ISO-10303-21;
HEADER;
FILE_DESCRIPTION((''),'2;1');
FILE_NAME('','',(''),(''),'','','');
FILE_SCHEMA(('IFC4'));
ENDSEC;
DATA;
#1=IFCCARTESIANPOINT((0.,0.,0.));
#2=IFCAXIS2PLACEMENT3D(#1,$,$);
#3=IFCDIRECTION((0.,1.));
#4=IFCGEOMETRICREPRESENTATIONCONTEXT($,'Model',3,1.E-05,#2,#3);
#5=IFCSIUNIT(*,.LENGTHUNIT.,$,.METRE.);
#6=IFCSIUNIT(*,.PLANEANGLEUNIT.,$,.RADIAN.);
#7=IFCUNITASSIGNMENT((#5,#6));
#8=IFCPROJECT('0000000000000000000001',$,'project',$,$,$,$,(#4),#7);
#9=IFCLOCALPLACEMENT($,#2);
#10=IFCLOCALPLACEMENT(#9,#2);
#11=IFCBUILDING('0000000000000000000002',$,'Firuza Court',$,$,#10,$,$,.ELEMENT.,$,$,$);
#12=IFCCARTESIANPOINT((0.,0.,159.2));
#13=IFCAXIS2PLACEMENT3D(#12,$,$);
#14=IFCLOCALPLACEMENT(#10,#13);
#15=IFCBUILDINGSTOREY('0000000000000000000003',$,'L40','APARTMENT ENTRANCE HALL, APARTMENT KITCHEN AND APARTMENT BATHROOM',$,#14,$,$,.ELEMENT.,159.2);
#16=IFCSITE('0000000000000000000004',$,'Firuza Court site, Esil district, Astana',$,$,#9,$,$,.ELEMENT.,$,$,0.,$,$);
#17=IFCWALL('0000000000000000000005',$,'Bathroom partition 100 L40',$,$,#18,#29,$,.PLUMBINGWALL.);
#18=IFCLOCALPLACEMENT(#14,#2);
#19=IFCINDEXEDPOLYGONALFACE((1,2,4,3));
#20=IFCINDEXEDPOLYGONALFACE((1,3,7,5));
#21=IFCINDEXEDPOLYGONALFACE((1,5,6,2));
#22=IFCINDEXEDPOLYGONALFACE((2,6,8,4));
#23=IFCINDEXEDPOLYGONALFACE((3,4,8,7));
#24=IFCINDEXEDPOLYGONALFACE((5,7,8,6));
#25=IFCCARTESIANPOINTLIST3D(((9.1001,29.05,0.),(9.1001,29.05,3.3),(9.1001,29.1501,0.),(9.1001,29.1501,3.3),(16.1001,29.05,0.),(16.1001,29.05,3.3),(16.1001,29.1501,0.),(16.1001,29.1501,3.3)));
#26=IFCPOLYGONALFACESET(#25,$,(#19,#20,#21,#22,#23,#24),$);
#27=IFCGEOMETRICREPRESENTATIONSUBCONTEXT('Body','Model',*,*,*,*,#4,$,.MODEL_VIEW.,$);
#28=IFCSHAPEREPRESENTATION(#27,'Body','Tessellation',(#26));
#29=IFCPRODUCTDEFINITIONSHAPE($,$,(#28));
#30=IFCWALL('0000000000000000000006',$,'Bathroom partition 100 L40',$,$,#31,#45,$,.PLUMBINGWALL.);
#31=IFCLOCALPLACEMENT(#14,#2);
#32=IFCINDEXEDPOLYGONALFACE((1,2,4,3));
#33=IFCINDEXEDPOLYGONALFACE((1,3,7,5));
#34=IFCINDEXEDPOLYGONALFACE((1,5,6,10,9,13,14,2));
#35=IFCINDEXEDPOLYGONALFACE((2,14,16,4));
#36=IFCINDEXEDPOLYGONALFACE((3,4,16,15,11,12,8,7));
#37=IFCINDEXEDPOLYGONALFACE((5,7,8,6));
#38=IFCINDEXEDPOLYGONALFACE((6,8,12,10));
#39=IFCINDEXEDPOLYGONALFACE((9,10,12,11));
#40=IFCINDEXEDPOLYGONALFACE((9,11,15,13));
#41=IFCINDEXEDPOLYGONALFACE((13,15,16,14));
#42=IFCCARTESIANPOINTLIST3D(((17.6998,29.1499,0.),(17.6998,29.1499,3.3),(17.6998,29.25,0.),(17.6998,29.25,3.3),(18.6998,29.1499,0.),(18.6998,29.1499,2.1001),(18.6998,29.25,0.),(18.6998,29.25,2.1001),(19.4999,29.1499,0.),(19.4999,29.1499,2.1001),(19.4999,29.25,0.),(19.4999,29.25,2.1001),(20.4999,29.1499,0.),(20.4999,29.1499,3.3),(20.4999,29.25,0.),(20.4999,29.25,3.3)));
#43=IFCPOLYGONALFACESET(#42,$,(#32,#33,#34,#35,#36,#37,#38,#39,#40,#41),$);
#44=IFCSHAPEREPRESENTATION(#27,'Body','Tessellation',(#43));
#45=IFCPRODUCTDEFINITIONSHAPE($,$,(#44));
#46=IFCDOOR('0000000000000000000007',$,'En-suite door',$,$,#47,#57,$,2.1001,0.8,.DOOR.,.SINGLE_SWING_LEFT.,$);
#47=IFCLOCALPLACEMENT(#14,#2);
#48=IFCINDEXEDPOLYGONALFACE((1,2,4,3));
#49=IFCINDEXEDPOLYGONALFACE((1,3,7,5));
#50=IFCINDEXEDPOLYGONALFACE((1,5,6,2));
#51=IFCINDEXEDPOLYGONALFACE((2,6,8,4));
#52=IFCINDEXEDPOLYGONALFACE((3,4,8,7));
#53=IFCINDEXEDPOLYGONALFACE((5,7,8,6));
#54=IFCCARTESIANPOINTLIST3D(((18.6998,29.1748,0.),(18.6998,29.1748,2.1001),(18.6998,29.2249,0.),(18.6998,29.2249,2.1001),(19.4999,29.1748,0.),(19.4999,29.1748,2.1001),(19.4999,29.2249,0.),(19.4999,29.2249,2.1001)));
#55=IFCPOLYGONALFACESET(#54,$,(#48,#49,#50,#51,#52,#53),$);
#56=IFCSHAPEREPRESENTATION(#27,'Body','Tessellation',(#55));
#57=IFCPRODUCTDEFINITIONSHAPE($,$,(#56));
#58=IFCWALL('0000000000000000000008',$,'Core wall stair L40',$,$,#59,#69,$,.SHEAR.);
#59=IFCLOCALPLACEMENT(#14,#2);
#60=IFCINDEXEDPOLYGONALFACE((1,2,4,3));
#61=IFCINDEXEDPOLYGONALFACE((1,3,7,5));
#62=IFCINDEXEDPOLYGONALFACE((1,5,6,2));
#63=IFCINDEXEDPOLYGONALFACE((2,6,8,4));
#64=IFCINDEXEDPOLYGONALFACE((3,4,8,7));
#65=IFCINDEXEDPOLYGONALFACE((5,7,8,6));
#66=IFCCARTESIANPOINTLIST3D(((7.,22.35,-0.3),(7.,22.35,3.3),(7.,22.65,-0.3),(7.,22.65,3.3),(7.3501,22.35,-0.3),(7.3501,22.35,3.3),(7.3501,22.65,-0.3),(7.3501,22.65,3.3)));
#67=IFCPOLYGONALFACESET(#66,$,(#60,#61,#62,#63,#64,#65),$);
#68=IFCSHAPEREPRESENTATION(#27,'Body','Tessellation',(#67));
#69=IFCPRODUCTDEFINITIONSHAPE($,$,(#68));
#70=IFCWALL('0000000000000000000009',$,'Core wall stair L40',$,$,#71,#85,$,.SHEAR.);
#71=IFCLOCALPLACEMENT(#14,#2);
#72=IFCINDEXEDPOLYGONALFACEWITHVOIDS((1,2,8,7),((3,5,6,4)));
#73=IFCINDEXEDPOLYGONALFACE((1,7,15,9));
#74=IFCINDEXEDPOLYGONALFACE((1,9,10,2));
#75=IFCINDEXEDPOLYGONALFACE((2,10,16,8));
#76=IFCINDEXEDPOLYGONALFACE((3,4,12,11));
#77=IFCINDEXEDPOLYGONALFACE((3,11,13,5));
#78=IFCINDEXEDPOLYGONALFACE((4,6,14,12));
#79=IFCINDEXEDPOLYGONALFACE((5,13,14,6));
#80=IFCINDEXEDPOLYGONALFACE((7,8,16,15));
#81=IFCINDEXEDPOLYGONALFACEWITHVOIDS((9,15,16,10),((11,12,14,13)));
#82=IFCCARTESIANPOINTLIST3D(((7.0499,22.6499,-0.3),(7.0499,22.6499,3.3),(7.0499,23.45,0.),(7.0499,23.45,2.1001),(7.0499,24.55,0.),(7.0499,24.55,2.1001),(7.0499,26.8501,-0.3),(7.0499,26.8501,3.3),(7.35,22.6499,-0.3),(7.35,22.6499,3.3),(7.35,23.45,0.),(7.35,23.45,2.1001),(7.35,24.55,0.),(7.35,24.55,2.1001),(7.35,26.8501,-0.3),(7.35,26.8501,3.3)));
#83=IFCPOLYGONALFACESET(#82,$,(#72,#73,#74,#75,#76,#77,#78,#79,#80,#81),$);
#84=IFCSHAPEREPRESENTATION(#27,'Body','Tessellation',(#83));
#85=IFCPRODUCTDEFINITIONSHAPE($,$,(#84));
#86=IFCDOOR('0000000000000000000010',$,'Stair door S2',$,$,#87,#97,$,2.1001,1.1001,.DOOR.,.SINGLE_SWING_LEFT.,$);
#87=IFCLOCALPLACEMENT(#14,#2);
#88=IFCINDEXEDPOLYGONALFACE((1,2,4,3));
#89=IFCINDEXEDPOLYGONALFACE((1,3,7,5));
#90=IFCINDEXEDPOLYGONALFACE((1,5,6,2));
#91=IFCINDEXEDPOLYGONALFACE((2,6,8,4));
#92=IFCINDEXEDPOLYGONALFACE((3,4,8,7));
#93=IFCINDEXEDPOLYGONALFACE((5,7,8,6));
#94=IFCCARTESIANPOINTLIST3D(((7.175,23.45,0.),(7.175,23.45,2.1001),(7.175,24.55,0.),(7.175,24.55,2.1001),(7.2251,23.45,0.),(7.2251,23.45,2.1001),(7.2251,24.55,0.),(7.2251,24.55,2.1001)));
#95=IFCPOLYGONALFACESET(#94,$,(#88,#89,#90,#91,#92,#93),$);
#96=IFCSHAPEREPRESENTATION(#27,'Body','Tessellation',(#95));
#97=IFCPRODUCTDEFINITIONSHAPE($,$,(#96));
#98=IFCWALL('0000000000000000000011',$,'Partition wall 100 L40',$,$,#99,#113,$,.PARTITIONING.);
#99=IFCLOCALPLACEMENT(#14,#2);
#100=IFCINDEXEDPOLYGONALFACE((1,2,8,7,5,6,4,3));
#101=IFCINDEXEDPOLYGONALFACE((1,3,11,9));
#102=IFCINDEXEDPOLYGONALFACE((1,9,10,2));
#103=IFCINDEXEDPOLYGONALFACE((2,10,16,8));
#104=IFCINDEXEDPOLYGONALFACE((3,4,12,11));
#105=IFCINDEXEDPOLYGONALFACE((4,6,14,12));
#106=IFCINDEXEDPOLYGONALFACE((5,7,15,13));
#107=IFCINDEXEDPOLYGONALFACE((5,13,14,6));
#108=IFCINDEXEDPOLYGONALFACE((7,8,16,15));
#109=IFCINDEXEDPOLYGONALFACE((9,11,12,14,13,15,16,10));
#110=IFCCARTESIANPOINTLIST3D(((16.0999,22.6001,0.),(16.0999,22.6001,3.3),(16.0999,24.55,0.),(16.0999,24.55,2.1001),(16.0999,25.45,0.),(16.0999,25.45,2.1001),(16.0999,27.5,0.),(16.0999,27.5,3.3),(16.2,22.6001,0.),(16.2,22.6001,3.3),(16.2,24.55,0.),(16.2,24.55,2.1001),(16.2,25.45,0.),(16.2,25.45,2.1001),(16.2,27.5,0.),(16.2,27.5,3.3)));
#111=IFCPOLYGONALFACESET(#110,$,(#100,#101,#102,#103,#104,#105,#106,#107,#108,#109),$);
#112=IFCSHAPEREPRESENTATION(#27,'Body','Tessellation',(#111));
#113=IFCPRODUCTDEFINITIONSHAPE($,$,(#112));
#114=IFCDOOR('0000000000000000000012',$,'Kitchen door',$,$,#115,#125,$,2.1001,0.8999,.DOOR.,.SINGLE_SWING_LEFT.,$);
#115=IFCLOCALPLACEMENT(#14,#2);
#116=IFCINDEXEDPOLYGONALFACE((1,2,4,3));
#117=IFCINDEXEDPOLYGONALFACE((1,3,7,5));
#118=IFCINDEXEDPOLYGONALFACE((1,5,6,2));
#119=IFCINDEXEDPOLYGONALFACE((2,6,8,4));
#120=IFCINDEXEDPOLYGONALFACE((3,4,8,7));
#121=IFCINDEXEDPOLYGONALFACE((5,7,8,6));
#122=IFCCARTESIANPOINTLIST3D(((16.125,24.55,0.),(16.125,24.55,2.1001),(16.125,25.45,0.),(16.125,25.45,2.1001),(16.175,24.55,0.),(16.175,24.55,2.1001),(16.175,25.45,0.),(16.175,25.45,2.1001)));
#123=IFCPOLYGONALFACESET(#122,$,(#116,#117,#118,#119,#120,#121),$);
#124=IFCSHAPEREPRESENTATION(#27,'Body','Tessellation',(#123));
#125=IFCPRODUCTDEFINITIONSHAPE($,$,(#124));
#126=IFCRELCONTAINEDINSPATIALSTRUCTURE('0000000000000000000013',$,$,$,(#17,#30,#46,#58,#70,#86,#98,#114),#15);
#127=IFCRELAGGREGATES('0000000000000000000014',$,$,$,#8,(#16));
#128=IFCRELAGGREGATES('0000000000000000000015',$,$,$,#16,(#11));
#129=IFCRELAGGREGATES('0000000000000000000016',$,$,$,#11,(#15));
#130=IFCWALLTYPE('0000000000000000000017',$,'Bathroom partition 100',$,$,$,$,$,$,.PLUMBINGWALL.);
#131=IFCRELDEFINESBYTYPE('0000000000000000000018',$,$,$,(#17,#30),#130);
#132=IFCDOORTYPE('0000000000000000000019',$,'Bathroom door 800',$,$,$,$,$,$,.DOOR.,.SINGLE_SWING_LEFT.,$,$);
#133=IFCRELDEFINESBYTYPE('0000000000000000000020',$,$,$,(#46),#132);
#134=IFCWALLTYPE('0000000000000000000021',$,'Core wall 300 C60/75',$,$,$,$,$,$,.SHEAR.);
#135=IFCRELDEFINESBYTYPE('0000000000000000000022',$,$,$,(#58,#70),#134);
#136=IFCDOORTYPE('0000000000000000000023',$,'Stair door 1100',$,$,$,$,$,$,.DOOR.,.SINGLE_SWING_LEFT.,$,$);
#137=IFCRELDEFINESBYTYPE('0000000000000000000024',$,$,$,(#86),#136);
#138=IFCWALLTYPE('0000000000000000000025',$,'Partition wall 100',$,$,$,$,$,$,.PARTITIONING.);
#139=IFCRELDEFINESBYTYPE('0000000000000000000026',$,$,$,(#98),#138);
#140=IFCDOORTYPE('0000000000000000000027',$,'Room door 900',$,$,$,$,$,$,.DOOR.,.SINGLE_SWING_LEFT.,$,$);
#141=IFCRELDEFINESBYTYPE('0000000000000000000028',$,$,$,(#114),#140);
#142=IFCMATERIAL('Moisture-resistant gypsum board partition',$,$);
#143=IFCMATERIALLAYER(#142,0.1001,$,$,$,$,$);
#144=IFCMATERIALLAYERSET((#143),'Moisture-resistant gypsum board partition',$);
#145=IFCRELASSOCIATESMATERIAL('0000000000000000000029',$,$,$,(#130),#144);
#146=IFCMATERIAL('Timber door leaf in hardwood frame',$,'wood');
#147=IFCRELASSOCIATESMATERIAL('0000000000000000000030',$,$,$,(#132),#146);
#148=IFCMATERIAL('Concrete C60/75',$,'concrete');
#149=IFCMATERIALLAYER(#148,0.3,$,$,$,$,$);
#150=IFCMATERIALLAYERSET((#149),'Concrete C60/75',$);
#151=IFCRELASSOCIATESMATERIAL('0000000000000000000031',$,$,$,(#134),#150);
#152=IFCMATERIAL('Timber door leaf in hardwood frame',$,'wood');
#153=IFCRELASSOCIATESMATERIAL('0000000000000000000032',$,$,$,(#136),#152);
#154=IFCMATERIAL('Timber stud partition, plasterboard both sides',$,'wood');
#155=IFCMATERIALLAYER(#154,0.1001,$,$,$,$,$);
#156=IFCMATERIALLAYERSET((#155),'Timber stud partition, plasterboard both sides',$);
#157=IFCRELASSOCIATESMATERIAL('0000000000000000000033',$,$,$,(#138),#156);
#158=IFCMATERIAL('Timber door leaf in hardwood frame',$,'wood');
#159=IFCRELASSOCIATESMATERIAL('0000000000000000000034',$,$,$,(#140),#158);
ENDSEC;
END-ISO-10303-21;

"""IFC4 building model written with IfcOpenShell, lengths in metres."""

from ifc_helpers import new_model, si_unit, direction, frame, frame_2d, origin, place, context, subcontext, project, spatial, rectangle, extrude, material, layer, layer_set, type_object, element, fill, save


model = new_model("IFC4")

# Units and contexts
model_context = context("Model", 3, precision=1e-05, world=origin(), true_north=direction((0.0, 1.0)))
body_context = subcontext(model_context, "Body", "Model", "MODEL_VIEW")
ifc_project = project(units=[si_unit("LENGTHUNIT", "METRE"), si_unit("PLANEANGLEUNIT", "RADIAN")], contexts=[model_context])

# Site, building, storey
site_placement = place(None, origin())
site = spatial("IfcSite", under=ifc_project, at=site_placement, Name="Firuza Court site, Esil district, Astana", CompositionType="ELEMENT", RefElevation=0.0)
building_placement = place(site_placement, origin())
building = spatial("IfcBuilding", under=site, at=building_placement, Name="Firuza Court", CompositionType="ELEMENT")
storey_placement = place(building_placement, frame((0.0, 0.0, 159.2)))
storey = spatial("IfcBuildingStorey", under=building, at=storey_placement, Name="L40", Description="APARTMENT ENTRANCE HALL, APARTMENT KITCHEN AND APARTMENT BATHROOM", CompositionType="ELEMENT", Elevation=159.2)

# Wall
ifc_material_1 = material(Name="Moisture-resistant gypsum board partition")
ifc_layer_1 = layer(ifc_material_1, 0.1001)
ifc_layer_set_1 = layer_set([ifc_layer_1], Name="Moisture-resistant gypsum board partition")
wall_type_1 = type_object("IfcWallType", Name="Bathroom partition 100", PredefinedType="PLUMBINGWALL", material=ifc_layer_set_1)
wall_1_placement = place(storey_placement, frame((9.1001, 29.1001, 0.0), z_axis=(0.0, 0.0, 1.0), x_axis=(1.0, 0.0, 0.0)))
element("IfcWall", 1, at=wall_1_placement, inside=storey, type_object=wall_type_1, Name="Bathroom partition 100 L40", PredefinedType="PLUMBINGWALL", context=body_context, shape_type="SweptSolid", body=[
    extrude(rectangle(XDim=7.0, YDim=0.1001, at=frame_2d((3.5, 0.0))), origin(), (0.0, 0.0, 1.0), 3.3),
])

# Wall, opening, door
wall_2_placement = place(storey_placement, frame((17.7, 29.2, 0.0), z_axis=(0.0, 0.0, 1.0), x_axis=(1.0, 0.0, 0.0)))
wall_2 = element("IfcWall", 2, at=wall_2_placement, inside=storey, type_object=wall_type_1, Name="Bathroom partition 100 L40", PredefinedType="PLUMBINGWALL", context=body_context, shape_type="SweptSolid", body=[
    extrude(rectangle(XDim=2.8, YDim=0.1001, at=frame_2d((1.3999, 0.0))), origin(), (0.0, 0.0, 1.0), 3.3),
])
opening_1_placement = place(wall_2_placement, frame((1.0, 0.0, 0.0)))
opening_1 = element("IfcOpeningElement", 3, at=opening_1_placement, cuts=wall_2, PredefinedType="OPENING", context=body_context, shape_type="SweptSolid", body=[
    extrude(rectangle(XDim=0.8, YDim=2.1001, at=frame_2d((0.3999, 1.05))), frame((0.0, 0.062, 0.0), z_axis=(0.0, -1.0, 0.0), x_axis=(1.0, 0.0, 0.0)), (0.0, 0.0, 1.0), 0.124),
])
ifc_material_2 = material(Name="Timber door leaf in hardwood frame", Category="wood")
door_type_1 = type_object("IfcDoorType", Name="Bathroom door 800", OperationType="SINGLE_SWING_LEFT", PredefinedType="DOOR", material=ifc_material_2)
door_1_placement = place(opening_1_placement, origin())
door_1 = element("IfcDoor", 4, at=door_1_placement, inside=storey, type_object=door_type_1, Name="En-suite door", OperationType="SINGLE_SWING_LEFT", OverallHeight=2.1001, OverallWidth=0.8, PredefinedType="DOOR", context=body_context, shape_type="SweptSolid", body=[
    extrude(rectangle(XDim=0.8, YDim=2.1001, at=frame_2d((0.3999, 1.05))), frame((0.0, 0.0249, 0.0), z_axis=(0.0, -1.0, 0.0), x_axis=(1.0, 0.0, 0.0)), (0.0, 0.0, 1.0), 0.05),
])
fill(opening_1, door_1)

# Wall
ifc_material_3 = material(Name="Concrete C60/75", Category="concrete")
ifc_layer_2 = layer(ifc_material_3, 0.3)
ifc_layer_set_2 = layer_set([ifc_layer_2], Name="Concrete C60/75")
wall_type_2 = type_object("IfcWallType", Name="Core wall 300 C60/75", PredefinedType="SHEAR", material=ifc_layer_set_2)
wall_3_placement = place(storey_placement, frame((7.0, 22.5, -0.3), z_axis=(0.0, 0.0, 1.0), x_axis=(1.0, 0.0, 0.0)))
element("IfcWall", 5, at=wall_3_placement, inside=storey, type_object=wall_type_2, Name="Core wall stair L40", PredefinedType="SHEAR", context=body_context, shape_type="SweptSolid", body=[
    extrude(rectangle(XDim=0.3501, YDim=0.3, at=frame_2d((0.175, 0.0))), origin(), (0.0, 0.0, 1.0), 3.6001),
])

# Walls, openings, doors
wall_4_placement = place(storey_placement, frame((7.2, 22.6499, -0.3), z_axis=(0.0, 0.0, 1.0), x_axis=(0.0, 1.0, 0.0)))
wall_4 = element("IfcWall", 6, at=wall_4_placement, inside=storey, type_object=wall_type_2, Name="Core wall stair L40", PredefinedType="SHEAR", context=body_context, shape_type="SweptSolid", body=[
    extrude(rectangle(XDim=4.2002, YDim=0.3, at=frame_2d((2.1001, 0.0))), origin(), (0.0, 0.0, 1.0), 3.6001),
])
opening_2_placement = place(wall_4_placement, frame((0.8, 0.0, 0.3)))
opening_2 = element("IfcOpeningElement", 7, at=opening_2_placement, cuts=wall_4, PredefinedType="OPENING", context=body_context, shape_type="SweptSolid", body=[
    extrude(rectangle(XDim=1.1001, YDim=2.1001, at=frame_2d((0.55, 1.05))), frame((0.0, 0.1621, 0.0), z_axis=(0.0, -1.0, 0.0), x_axis=(1.0, 0.0, 0.0)), (0.0, 0.0, 1.0), 0.324),
])
ifc_material_4 = material(Name="Timber door leaf in hardwood frame", Category="wood")
door_type_2 = type_object("IfcDoorType", Name="Stair door 1100", OperationType="SINGLE_SWING_LEFT", PredefinedType="DOOR", material=ifc_material_4)
door_2_placement = place(opening_2_placement, origin())
door_2 = element("IfcDoor", 8, at=door_2_placement, inside=storey, type_object=door_type_2, Name="Stair door S2", OperationType="SINGLE_SWING_LEFT", OverallHeight=2.1001, OverallWidth=1.1001, PredefinedType="DOOR", context=body_context, shape_type="SweptSolid", body=[
    extrude(rectangle(XDim=1.1001, YDim=2.1001, at=frame_2d((0.55, 1.05))), frame((0.0, 0.0249, 0.0), z_axis=(0.0, -1.0, 0.0), x_axis=(1.0, 0.0, 0.0)), (0.0, 0.0, 1.0), 0.05),
])
fill(opening_2, door_2)
ifc_material_5 = material(Name="Timber stud partition, plasterboard both sides", Category="wood")
ifc_layer_3 = layer(ifc_material_5, 0.1001)
ifc_layer_set_3 = layer_set([ifc_layer_3], Name="Timber stud partition, plasterboard both sides")
wall_type_3 = type_object("IfcWallType", Name="Partition wall 100", PredefinedType="PARTITIONING", material=ifc_layer_set_3)
wall_5_placement = place(storey_placement, frame((16.1499, 22.6001, 0.0), z_axis=(0.0, 0.0, 1.0), x_axis=(0.0, 1.0, 0.0)))
wall_5 = element("IfcWall", 9, at=wall_5_placement, inside=storey, type_object=wall_type_3, Name="Partition wall 100 L40", PredefinedType="PARTITIONING", context=body_context, shape_type="SweptSolid", body=[
    extrude(rectangle(XDim=4.8999, YDim=0.1001, at=frame_2d((2.45, 0.0))), origin(), (0.0, 0.0, 1.0), 3.3),
])
opening_3_placement = place(wall_5_placement, frame((1.95, 0.0, 0.0)))
opening_3 = element("IfcOpeningElement", 10, at=opening_3_placement, cuts=wall_5, PredefinedType="OPENING", context=body_context, shape_type="SweptSolid", body=[
    extrude(rectangle(XDim=0.8999, YDim=2.1001, at=frame_2d((0.45, 1.05))), frame((0.0, 0.062, 0.0), z_axis=(0.0, -1.0, 0.0), x_axis=(1.0, 0.0, 0.0)), (0.0, 0.0, 1.0), 0.124),
])
ifc_material_6 = material(Name="Timber door leaf in hardwood frame", Category="wood")
door_type_3 = type_object("IfcDoorType", Name="Room door 900", OperationType="SINGLE_SWING_LEFT", PredefinedType="DOOR", material=ifc_material_6)
door_3_placement = place(opening_3_placement, origin())
door_3 = element("IfcDoor", 11, at=door_3_placement, inside=storey, type_object=door_type_3, Name="Kitchen door", OperationType="SINGLE_SWING_LEFT", OverallHeight=2.1001, OverallWidth=0.8999, PredefinedType="DOOR", context=body_context, shape_type="SweptSolid", body=[
    extrude(rectangle(XDim=0.8999, YDim=2.1001, at=frame_2d((0.45, 1.05))), frame((0.0, 0.0249, 0.0), z_axis=(0.0, -1.0, 0.0), x_axis=(1.0, 0.0, 0.0)), (0.0, 0.0, 1.0), 0.05),
])
fill(opening_3, door_3)

save(model, "model.ifc")
